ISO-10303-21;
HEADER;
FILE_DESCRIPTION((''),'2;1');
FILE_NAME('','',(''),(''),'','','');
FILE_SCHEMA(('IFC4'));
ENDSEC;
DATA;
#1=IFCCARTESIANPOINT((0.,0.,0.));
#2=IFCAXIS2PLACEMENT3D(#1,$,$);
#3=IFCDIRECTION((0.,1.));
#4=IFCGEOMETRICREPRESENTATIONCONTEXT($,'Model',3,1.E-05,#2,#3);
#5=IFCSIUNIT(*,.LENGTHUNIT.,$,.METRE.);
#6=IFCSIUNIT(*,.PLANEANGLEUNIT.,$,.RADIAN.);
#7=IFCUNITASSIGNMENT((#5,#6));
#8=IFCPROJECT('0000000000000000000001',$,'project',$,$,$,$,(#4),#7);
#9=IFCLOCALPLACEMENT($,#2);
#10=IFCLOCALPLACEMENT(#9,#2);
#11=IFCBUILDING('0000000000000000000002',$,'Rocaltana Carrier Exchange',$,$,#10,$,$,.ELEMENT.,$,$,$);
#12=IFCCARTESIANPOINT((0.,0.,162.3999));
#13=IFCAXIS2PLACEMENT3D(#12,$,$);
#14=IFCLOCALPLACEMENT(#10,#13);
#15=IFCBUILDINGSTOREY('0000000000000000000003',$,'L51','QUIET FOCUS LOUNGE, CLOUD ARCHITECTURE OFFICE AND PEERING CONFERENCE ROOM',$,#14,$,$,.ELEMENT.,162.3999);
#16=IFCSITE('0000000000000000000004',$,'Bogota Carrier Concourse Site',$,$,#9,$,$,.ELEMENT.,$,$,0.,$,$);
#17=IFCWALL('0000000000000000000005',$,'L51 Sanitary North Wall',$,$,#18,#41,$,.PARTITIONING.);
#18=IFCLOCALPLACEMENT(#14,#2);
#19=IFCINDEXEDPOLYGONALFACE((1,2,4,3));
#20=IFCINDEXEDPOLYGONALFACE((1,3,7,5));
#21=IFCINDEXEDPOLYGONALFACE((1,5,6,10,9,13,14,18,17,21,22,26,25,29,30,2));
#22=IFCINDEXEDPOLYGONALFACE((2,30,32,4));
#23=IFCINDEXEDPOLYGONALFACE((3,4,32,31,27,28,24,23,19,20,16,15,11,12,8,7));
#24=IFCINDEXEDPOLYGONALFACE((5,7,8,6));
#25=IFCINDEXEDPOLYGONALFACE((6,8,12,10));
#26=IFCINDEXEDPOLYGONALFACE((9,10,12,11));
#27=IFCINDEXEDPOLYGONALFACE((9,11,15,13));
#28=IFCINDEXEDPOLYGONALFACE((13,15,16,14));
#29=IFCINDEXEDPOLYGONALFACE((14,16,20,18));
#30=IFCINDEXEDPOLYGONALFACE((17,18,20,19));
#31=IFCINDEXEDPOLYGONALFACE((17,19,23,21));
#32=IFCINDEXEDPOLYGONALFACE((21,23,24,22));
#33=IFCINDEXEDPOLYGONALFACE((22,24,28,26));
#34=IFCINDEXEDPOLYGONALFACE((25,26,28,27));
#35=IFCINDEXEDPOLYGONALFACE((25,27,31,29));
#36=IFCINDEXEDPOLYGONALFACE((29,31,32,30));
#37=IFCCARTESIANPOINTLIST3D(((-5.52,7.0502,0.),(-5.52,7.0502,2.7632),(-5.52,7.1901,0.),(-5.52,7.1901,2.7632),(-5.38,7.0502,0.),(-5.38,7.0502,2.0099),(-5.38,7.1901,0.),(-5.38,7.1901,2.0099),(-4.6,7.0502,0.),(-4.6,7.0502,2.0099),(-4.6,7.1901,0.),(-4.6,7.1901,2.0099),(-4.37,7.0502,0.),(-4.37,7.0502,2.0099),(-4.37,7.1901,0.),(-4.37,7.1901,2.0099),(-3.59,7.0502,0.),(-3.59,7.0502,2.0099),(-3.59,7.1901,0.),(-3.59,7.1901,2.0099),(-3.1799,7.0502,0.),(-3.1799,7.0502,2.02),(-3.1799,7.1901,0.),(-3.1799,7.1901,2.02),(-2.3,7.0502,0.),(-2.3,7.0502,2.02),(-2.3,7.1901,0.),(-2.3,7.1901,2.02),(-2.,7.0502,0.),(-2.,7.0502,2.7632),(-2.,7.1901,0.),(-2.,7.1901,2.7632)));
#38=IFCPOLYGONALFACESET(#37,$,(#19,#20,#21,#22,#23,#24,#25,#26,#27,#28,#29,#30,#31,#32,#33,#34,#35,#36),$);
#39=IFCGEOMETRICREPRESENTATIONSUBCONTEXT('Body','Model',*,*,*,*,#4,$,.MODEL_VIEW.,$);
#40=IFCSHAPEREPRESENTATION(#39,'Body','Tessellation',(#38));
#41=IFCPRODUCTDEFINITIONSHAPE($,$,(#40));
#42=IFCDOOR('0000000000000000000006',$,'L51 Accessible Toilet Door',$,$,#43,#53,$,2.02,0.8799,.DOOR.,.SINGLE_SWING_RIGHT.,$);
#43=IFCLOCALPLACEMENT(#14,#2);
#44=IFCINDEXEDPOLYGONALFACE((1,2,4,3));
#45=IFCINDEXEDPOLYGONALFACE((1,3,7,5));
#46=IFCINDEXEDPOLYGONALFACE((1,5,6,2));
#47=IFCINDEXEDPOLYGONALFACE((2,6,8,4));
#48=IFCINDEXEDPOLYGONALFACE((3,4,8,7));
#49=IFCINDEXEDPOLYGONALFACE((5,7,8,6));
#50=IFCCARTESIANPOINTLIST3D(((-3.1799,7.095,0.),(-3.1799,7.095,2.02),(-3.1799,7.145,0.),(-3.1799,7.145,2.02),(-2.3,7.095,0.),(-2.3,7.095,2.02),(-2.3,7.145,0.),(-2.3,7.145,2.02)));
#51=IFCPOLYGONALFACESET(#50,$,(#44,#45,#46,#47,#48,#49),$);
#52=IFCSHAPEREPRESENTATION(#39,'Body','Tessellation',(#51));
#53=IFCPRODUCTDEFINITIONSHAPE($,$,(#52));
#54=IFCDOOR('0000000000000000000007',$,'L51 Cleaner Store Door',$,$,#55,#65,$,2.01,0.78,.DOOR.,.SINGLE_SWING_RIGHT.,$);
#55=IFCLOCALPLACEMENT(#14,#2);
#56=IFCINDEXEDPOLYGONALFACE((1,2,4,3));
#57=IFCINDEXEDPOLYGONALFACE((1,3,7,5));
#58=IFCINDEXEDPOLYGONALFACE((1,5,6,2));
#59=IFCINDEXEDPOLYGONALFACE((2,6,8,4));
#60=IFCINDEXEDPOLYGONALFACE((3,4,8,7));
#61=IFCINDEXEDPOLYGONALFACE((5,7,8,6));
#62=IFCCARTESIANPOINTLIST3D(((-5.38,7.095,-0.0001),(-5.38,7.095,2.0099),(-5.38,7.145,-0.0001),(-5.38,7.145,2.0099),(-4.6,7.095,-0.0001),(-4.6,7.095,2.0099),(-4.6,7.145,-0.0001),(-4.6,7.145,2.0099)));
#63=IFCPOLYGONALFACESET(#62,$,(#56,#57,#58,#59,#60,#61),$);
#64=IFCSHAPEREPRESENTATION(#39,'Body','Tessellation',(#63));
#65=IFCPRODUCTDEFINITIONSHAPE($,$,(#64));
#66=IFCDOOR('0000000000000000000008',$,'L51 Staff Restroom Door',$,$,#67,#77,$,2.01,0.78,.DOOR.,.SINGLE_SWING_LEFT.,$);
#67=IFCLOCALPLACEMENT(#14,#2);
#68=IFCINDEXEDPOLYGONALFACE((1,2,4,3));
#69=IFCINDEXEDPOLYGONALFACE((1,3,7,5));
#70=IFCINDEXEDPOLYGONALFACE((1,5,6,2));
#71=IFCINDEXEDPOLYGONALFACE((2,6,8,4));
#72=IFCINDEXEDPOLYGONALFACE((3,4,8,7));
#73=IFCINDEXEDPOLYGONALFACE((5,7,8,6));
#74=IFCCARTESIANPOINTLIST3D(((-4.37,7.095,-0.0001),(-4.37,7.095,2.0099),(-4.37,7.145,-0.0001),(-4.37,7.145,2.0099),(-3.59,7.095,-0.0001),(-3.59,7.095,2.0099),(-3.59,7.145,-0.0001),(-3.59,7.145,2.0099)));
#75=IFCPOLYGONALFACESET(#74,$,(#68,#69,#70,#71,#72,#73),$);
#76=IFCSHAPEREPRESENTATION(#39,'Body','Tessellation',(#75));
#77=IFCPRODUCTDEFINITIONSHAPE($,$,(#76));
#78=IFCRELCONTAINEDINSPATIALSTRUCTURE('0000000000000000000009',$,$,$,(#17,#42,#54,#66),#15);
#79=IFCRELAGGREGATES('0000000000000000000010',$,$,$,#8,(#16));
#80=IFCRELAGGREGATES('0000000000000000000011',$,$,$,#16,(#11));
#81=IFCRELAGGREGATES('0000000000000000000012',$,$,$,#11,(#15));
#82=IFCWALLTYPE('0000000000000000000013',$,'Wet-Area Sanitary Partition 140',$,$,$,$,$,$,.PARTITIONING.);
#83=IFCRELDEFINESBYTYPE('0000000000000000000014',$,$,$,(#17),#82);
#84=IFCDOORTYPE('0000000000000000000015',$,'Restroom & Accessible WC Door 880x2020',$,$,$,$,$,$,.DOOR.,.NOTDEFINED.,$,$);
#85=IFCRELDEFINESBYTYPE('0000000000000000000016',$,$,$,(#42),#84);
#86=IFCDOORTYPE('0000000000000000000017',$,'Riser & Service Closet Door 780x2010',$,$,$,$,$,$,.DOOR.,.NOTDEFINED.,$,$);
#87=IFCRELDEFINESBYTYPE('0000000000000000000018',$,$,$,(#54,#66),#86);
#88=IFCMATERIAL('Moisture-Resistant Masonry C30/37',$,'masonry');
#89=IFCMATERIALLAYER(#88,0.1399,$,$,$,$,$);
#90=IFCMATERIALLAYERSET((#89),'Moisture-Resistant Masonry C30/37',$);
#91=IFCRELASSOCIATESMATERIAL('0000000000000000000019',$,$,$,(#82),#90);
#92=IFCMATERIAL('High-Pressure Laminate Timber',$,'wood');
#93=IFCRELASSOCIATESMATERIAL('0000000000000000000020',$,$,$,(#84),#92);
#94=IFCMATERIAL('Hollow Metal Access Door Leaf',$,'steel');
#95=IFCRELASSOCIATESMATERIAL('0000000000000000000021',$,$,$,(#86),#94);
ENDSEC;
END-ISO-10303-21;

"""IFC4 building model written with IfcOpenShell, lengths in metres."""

from ifc_helpers import new_model, si_unit, direction, frame, frame_2d, origin, place, context, subcontext, project, spatial, rectangle, extrude, material, layer, layer_set, type_object, element, fill, save


model = new_model("IFC4")

# Units and contexts
model_context = context("Model", 3, precision=1e-05, world=origin(), true_north=direction((0.0, 1.0)))
body_context = subcontext(model_context, "Body", "Model", "MODEL_VIEW")
ifc_project = project(units=[si_unit("LENGTHUNIT", "METRE"), si_unit("PLANEANGLEUNIT", "RADIAN")], contexts=[model_context])

# Site, building, storey
site_placement = place(None, origin())
site = spatial("IfcSite", under=ifc_project, at=site_placement, Name="Bogota Carrier Concourse Site", CompositionType="ELEMENT", RefElevation=0.0)
building_placement = place(site_placement, origin())
building = spatial("IfcBuilding", under=site, at=building_placement, Name="Rocaltana Carrier Exchange", CompositionType="ELEMENT")
storey_placement = place(building_placement, frame((0.0, 0.0, 162.3999)))
storey = spatial("IfcBuildingStorey", under=building, at=storey_placement, Name="L51", Description="QUIET FOCUS LOUNGE, CLOUD ARCHITECTURE OFFICE AND PEERING CONFERENCE ROOM", CompositionType="ELEMENT", Elevation=162.3999)

# Shared definitions
ifc_material_1 = material(Name="Moisture-Resistant Masonry C30/37", Category="masonry")
ifc_layer_1 = layer(ifc_material_1, 0.1399)
ifc_layer_set_1 = layer_set([ifc_layer_1], Name="Moisture-Resistant Masonry C30/37")
wall_type_1 = type_object("IfcWallType", Name="Wet-Area Sanitary Partition 140", PredefinedType="PARTITIONING", material=ifc_layer_set_1)

# Wall, openings, doors
wall_1_placement = place(storey_placement, frame((-5.52, 7.1201, 0.0), z_axis=(0.0, 0.0, 1.0), x_axis=(1.0, 0.0, 0.0)))
wall_1 = element("IfcWall", 1, at=wall_1_placement, inside=storey, type_object=wall_type_1, Name="L51 Sanitary North Wall", PredefinedType="PARTITIONING", context=body_context, shape_type="SweptSolid", body=[
    extrude(rectangle(XDim=3.52, YDim=0.1399, at=frame_2d((1.76, 0.0))), origin(), (0.0, 0.0, 1.0), 2.7632),
])
opening_1_placement = place(wall_1_placement, frame((0.1399, 0.0, 0.0)))
opening_1 = element("IfcOpeningElement", 2, at=opening_1_placement, cuts=wall_1, PredefinedType="OPENING", context=body_context, shape_type="SweptSolid", body=[
    extrude(rectangle(XDim=0.78, YDim=2.01, at=frame_2d((0.3901, 1.0049))), frame((0.0, 0.0798, 0.0), z_axis=(0.0, -1.0, 0.0), x_axis=(1.0, 0.0, 0.0)), (0.0, 0.0, 1.0), 0.1599),
])
opening_2_placement = place(wall_1_placement, frame((1.1499, 0.0, 0.0)))
opening_2 = element("IfcOpeningElement", 3, at=opening_2_placement, cuts=wall_1, PredefinedType="OPENING", context=body_context, shape_type="SweptSolid", body=[
    extrude(rectangle(XDim=0.78, YDim=2.01, at=frame_2d((0.3901, 1.0049))), frame((0.0, 0.0798, 0.0), z_axis=(0.0, -1.0, 0.0), x_axis=(1.0, 0.0, 0.0)), (0.0, 0.0, 1.0), 0.1599),
])
opening_3_placement = place(wall_1_placement, frame((2.3401, 0.0, 0.0)))
opening_3 = element("IfcOpeningElement", 4, at=opening_3_placement, cuts=wall_1, PredefinedType="OPENING", context=body_context, shape_type="SweptSolid", body=[
    extrude(rectangle(XDim=0.8799, YDim=2.02, at=frame_2d((0.4399, 1.01))), frame((0.0, 0.0798, 0.0), z_axis=(0.0, -1.0, 0.0), x_axis=(1.0, 0.0, 0.0)), (0.0, 0.0, 1.0), 0.1599),
])
ifc_material_2 = material(Name="High-Pressure Laminate Timber", Category="wood")
door_type_1 = type_object("IfcDoorType", Name="Restroom & Accessible WC Door 880x2020", OperationType="NOTDEFINED", PredefinedType="DOOR", material=ifc_material_2)
door_1_placement = place(opening_3_placement, origin())
door_1 = element("IfcDoor", 5, at=door_1_placement, inside=storey, type_object=door_type_1, Name="L51 Accessible Toilet Door", OperationType="SINGLE_SWING_RIGHT", OverallHeight=2.02, OverallWidth=0.8799, PredefinedType="DOOR", context=body_context, shape_type="SweptSolid", body=[
    extrude(rectangle(XDim=0.8799, YDim=2.02, at=frame_2d((0.4399, 1.01))), frame((0.0, 0.0249, 0.0), z_axis=(0.0, -1.0, 0.0), x_axis=(1.0, 0.0, 0.0)), (0.0, 0.0, 1.0), 0.05),
])
fill(opening_3, door_1)
ifc_material_3 = material(Name="Hollow Metal Access Door Leaf", Category="steel")
door_type_2 = type_object("IfcDoorType", Name="Riser & Service Closet Door 780x2010", OperationType="NOTDEFINED", PredefinedType="DOOR", material=ifc_material_3)
door_2_placement = place(opening_1_placement, origin())
door_2 = element("IfcDoor", 6, at=door_2_placement, inside=storey, type_object=door_type_2, Name="L51 Cleaner Store Door", OperationType="SINGLE_SWING_RIGHT", OverallHeight=2.01, OverallWidth=0.78, PredefinedType="DOOR", context=body_context, shape_type="SweptSolid", body=[
    extrude(rectangle(XDim=0.78, YDim=2.01, at=frame_2d((0.3901, 1.0049))), frame((0.0, 0.0249, 0.0), z_axis=(0.0, -1.0, 0.0), x_axis=(1.0, 0.0, 0.0)), (0.0, 0.0, 1.0), 0.05),
])
fill(opening_1, door_2)
door_3_placement = place(opening_2_placement, origin())
door_3 = element("IfcDoor", 7, at=door_3_placement, inside=storey, type_object=door_type_2, Name="L51 Staff Restroom Door", OperationType="SINGLE_SWING_LEFT", OverallHeight=2.01, OverallWidth=0.78, PredefinedType="DOOR", context=body_context, shape_type="SweptSolid", body=[
    extrude(rectangle(XDim=0.78, YDim=2.01, at=frame_2d((0.3901, 1.0049))), frame((0.0, 0.0249, 0.0), z_axis=(0.0, -1.0, 0.0), x_axis=(1.0, 0.0, 0.0)), (0.0, 0.0, 1.0), 0.05),
])
fill(opening_2, door_3)

save(model, "model.ifc")
